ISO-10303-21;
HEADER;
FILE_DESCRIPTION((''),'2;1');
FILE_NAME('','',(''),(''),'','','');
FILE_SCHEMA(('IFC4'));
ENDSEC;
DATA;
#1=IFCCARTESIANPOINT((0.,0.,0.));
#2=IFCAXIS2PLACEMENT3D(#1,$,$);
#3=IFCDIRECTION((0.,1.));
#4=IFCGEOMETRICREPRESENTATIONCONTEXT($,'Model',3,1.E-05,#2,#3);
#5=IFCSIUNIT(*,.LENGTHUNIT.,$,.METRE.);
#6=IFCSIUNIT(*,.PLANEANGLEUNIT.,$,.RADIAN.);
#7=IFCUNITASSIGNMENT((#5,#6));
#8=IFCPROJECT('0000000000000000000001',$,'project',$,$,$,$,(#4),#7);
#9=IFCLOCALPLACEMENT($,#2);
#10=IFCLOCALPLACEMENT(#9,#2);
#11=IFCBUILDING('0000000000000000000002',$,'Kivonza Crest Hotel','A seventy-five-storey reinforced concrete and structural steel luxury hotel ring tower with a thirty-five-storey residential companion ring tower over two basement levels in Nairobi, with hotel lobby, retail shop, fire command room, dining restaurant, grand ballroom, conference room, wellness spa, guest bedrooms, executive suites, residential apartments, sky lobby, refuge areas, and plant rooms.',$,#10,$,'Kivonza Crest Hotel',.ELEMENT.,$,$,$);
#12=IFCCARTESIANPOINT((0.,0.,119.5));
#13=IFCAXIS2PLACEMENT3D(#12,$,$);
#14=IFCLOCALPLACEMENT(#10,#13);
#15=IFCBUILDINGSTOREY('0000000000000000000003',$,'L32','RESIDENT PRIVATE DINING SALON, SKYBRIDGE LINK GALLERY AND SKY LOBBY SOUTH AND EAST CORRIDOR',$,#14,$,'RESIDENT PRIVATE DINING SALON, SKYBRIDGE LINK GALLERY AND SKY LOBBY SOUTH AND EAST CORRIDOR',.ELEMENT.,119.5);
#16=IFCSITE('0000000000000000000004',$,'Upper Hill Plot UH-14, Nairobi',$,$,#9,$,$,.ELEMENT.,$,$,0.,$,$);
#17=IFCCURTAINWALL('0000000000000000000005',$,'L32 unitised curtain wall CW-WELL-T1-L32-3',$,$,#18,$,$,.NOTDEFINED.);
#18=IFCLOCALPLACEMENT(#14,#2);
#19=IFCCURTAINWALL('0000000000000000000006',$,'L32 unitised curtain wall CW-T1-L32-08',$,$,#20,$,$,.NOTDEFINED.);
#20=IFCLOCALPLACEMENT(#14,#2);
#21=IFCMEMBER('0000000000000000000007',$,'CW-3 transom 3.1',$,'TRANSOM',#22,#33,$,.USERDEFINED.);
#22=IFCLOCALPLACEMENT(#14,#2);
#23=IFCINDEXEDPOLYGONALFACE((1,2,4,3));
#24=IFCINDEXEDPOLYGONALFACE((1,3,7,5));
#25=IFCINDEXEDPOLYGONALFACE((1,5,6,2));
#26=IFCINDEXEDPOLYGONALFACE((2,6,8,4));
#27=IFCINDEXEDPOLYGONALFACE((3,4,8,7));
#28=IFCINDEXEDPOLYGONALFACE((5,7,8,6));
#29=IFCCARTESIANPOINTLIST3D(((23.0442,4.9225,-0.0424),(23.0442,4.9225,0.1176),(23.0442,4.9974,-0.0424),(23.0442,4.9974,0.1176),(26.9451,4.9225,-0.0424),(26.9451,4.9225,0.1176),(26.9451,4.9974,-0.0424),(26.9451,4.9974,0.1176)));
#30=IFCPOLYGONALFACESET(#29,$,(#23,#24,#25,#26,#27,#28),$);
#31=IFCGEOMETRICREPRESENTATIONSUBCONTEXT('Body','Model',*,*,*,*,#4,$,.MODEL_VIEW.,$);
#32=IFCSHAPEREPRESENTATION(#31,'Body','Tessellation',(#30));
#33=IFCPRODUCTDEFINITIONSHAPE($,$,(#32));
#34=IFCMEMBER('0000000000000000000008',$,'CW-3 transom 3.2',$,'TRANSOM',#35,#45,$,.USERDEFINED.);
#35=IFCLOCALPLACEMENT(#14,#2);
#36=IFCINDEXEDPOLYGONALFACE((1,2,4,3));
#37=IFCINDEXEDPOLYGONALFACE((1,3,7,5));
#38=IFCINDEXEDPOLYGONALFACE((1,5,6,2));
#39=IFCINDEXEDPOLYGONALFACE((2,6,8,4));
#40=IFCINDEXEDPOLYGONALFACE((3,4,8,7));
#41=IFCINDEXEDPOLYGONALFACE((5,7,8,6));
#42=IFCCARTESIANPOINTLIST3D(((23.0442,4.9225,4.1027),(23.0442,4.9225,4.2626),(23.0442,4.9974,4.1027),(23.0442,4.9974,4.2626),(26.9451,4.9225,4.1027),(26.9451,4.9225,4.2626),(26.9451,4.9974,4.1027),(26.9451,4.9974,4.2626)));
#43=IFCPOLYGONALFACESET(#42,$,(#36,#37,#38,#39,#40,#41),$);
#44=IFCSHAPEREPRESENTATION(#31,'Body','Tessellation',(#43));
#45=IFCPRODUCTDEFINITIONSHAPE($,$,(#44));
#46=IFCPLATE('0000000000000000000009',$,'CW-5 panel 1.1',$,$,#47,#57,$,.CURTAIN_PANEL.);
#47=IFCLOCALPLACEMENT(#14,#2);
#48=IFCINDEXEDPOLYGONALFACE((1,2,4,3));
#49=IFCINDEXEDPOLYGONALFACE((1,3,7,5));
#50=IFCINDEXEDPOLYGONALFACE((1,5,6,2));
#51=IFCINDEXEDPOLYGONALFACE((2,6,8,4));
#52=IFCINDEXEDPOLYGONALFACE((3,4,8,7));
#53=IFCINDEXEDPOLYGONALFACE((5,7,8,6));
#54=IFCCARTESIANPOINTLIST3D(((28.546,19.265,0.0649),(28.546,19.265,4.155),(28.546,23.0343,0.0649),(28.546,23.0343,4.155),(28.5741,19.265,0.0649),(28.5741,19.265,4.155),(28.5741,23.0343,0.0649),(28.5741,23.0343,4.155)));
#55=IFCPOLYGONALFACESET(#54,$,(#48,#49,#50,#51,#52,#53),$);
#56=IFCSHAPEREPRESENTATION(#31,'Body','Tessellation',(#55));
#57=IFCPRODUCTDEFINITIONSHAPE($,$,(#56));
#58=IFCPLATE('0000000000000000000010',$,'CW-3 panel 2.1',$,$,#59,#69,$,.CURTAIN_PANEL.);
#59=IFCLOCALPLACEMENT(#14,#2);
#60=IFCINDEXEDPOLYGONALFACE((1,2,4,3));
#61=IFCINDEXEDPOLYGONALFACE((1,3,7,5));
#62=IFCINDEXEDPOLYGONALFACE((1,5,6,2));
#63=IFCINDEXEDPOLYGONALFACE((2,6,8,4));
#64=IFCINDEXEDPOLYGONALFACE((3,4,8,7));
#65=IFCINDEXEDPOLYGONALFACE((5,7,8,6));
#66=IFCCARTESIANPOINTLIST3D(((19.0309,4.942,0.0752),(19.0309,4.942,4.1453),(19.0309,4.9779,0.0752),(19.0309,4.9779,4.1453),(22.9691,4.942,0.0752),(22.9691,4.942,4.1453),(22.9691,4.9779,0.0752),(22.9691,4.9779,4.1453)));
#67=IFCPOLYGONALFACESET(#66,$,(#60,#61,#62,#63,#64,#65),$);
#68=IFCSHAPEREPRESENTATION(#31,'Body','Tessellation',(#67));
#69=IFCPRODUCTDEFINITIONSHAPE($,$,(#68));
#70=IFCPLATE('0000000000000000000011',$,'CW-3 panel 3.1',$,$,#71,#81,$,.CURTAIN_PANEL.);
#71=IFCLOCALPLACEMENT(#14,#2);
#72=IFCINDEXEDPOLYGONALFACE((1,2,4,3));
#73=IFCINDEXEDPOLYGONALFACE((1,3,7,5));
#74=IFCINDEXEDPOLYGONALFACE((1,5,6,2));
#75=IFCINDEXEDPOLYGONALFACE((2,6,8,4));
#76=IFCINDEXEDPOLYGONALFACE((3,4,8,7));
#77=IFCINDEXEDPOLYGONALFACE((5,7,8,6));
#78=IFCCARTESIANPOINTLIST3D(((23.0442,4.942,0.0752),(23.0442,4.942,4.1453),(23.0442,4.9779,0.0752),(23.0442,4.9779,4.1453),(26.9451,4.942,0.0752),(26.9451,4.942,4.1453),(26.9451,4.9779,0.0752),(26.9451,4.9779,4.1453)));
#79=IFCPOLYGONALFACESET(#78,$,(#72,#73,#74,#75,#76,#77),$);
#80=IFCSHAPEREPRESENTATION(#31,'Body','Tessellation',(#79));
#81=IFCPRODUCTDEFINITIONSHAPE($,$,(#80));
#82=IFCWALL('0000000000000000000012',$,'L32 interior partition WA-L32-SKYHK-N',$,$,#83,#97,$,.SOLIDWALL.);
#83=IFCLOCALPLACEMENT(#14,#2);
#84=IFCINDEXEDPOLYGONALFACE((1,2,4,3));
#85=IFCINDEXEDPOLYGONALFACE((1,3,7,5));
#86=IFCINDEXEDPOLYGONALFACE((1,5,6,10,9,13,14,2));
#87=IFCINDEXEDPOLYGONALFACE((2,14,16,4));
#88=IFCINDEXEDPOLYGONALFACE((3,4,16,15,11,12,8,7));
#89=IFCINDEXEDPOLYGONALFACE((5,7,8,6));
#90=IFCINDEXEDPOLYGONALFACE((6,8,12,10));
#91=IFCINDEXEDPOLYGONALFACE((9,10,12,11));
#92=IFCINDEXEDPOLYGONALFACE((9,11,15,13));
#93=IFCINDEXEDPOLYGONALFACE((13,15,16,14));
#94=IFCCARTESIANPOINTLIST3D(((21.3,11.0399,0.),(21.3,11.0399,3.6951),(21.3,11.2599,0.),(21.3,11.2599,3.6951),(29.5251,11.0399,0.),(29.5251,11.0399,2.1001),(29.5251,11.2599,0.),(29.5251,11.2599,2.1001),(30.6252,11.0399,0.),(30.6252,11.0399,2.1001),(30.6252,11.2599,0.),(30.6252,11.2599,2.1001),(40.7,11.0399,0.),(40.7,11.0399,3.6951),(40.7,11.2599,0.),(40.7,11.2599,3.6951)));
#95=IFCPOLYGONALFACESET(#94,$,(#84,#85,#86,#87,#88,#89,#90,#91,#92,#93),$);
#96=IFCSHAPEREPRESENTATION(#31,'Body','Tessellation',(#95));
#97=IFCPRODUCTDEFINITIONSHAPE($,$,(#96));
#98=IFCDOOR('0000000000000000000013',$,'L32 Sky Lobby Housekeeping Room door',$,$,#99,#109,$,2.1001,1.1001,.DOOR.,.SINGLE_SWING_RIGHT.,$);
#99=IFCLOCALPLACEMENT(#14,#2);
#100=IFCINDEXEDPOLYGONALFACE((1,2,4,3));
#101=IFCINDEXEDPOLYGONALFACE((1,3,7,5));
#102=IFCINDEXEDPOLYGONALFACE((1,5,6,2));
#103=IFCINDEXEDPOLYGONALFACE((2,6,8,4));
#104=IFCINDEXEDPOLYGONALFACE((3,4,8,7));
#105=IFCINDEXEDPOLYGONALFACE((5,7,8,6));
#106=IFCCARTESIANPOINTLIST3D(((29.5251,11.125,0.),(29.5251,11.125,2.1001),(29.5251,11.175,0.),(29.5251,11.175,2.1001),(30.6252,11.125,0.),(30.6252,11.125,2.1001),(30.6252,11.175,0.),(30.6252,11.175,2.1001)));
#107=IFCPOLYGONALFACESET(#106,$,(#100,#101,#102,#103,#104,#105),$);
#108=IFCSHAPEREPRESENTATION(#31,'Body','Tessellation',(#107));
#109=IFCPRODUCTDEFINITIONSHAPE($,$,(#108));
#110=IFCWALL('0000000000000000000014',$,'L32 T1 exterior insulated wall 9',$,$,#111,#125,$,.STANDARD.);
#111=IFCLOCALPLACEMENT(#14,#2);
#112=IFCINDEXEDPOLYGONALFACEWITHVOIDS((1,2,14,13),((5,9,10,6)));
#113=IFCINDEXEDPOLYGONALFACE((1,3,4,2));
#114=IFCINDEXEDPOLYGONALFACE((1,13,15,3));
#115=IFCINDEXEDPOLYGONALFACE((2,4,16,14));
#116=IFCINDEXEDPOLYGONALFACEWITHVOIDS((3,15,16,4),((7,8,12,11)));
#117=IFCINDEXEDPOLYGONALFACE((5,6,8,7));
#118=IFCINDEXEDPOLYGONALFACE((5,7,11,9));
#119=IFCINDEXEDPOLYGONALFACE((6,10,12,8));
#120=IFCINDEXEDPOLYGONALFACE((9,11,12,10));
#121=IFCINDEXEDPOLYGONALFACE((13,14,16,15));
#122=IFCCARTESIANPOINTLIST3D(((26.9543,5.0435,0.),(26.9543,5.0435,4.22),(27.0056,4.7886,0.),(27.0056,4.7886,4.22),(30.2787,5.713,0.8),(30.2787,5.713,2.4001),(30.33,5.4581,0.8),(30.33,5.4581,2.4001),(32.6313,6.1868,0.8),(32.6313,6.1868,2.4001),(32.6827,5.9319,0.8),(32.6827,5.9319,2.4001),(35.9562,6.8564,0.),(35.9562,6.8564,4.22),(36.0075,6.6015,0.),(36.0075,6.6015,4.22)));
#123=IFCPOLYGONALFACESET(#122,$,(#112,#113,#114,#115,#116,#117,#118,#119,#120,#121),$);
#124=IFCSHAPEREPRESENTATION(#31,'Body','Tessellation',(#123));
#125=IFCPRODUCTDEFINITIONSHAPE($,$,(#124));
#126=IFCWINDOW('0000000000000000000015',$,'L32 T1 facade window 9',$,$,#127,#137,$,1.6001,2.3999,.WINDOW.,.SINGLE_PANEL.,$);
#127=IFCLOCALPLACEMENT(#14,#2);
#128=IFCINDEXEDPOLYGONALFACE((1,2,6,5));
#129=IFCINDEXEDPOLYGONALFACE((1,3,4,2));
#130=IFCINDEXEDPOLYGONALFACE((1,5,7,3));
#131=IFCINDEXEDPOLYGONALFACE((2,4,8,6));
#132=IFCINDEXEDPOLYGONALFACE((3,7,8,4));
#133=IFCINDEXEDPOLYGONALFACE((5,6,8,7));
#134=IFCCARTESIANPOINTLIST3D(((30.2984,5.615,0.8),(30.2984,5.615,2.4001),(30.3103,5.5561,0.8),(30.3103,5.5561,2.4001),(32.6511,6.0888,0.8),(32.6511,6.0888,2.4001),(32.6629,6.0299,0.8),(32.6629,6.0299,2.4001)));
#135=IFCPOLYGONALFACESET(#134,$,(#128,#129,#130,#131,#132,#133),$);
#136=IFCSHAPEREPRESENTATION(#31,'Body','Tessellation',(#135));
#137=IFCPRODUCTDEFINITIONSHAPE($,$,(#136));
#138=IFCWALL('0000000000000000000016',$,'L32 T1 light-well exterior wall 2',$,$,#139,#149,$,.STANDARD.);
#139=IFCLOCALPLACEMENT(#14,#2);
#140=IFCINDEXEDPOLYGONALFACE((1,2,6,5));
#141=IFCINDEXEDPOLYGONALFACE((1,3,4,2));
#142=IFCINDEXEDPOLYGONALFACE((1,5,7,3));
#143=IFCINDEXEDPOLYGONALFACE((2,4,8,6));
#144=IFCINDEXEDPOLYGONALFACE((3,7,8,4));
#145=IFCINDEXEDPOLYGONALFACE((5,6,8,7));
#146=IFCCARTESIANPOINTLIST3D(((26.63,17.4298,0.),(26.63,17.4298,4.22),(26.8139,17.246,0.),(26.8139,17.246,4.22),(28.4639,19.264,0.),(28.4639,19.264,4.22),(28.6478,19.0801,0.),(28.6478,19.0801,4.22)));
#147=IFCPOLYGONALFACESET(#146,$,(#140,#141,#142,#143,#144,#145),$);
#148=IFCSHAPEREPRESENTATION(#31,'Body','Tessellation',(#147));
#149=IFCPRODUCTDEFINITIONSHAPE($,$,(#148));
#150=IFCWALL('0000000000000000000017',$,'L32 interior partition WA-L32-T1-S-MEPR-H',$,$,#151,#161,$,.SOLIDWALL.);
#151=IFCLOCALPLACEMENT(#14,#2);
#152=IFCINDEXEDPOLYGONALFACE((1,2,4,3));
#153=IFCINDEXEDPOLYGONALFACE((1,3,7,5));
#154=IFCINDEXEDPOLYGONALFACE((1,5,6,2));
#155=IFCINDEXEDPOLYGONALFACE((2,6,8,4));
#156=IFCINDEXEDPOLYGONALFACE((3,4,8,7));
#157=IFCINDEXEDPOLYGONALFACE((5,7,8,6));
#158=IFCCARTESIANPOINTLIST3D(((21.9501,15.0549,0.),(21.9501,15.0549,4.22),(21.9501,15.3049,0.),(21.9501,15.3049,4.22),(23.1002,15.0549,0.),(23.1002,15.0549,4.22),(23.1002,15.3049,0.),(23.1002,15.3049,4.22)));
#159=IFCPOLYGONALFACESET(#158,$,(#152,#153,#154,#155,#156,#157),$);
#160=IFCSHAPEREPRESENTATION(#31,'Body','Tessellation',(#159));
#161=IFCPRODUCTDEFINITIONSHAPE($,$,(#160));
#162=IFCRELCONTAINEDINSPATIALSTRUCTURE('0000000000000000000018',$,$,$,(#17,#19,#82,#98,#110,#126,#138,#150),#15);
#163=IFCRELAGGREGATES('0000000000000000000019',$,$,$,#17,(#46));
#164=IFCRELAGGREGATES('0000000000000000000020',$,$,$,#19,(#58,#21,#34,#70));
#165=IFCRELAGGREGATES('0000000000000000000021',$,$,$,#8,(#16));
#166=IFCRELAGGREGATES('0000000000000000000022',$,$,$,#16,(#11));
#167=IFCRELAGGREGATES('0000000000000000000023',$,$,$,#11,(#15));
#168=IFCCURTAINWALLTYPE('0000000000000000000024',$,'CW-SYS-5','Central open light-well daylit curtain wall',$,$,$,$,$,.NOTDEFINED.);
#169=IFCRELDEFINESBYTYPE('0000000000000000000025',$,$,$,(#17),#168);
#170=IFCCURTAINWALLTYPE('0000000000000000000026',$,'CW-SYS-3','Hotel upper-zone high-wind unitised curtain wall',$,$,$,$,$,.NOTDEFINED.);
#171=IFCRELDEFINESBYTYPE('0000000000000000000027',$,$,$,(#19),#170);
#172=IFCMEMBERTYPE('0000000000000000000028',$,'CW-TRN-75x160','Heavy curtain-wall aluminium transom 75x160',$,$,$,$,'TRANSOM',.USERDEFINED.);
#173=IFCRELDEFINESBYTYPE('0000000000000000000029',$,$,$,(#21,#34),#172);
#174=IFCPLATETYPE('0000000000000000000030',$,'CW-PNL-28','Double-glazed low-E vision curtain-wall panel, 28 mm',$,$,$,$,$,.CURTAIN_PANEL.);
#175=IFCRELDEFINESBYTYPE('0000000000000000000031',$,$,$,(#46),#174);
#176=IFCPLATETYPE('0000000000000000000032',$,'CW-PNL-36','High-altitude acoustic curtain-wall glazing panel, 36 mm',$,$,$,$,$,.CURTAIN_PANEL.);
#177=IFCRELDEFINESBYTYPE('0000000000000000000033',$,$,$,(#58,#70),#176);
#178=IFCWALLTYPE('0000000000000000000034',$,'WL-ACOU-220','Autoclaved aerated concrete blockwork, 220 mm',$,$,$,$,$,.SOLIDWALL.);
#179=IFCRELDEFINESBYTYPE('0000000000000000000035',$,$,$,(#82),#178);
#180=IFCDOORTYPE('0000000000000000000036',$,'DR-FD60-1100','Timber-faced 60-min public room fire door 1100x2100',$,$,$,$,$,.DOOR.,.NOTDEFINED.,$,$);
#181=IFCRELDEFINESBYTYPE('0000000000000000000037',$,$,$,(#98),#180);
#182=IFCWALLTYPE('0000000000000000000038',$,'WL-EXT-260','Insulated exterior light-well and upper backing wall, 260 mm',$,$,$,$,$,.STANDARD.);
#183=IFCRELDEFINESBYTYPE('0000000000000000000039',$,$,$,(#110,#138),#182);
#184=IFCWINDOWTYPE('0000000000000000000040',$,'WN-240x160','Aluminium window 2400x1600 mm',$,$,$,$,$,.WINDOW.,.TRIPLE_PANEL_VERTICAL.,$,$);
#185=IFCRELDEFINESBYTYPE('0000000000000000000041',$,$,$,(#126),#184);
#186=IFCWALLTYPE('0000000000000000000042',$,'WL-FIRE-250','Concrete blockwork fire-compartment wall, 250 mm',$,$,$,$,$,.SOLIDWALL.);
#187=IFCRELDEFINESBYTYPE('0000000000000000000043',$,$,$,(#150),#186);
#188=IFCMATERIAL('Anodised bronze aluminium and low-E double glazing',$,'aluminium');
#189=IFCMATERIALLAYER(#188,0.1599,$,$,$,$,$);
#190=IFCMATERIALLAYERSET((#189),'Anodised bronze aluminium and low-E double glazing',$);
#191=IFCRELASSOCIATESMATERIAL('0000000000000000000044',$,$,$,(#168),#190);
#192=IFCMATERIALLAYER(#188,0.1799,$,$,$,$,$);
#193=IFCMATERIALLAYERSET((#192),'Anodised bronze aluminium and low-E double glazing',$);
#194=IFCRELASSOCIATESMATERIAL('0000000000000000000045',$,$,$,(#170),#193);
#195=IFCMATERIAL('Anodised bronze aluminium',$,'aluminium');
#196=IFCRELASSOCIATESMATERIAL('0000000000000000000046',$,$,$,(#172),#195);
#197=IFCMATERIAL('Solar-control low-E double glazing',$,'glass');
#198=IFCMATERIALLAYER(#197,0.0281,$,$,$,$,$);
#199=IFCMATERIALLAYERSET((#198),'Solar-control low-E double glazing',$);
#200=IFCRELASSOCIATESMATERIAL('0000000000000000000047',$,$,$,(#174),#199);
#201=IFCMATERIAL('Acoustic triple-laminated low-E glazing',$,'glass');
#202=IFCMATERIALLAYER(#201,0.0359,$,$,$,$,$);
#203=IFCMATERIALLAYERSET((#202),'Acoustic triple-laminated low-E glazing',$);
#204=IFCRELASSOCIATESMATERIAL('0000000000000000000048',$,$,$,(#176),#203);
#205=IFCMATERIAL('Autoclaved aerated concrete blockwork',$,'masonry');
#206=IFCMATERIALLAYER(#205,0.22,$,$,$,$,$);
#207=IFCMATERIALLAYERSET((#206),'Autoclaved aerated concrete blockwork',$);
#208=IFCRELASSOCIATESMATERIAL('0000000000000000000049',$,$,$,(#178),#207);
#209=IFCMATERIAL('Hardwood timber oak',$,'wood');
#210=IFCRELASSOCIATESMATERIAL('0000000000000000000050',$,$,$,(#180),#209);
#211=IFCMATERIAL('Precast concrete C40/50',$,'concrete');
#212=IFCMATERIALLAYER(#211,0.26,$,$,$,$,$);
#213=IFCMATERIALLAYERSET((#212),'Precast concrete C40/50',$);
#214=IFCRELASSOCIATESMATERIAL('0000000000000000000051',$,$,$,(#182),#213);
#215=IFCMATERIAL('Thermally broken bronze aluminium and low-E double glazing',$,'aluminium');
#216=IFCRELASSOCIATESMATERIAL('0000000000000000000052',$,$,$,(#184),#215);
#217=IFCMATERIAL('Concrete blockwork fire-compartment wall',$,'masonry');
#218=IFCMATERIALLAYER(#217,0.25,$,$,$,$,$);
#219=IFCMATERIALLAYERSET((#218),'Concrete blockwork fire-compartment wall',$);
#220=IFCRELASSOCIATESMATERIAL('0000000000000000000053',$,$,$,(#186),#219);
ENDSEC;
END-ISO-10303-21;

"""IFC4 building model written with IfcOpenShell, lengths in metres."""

from ifc_helpers import new_model, si_unit, direction, frame, frame_2d, origin, origin_2d, place, context, subcontext, project, spatial, rectangle, extrude, material, layer, layer_set, material_profile, profile_set, type_object, element, fill, aggregate, save


model = new_model("IFC4")

# Units and contexts
model_context = context("Model", 3, precision=1e-05, world=origin(), true_north=direction((0.0, 1.0)))
body_context = subcontext(model_context, "Body", "Model", "MODEL_VIEW")
ifc_project = project(units=[si_unit("LENGTHUNIT", "METRE"), si_unit("PLANEANGLEUNIT", "RADIAN")], contexts=[model_context])

# Site, building, storey
site_placement = place(None, origin())
site = spatial("IfcSite", under=ifc_project, at=site_placement, Name="Upper Hill Plot UH-14, Nairobi", CompositionType="ELEMENT", RefElevation=0.0)
building_placement = place(site_placement, origin())
building = spatial("IfcBuilding", under=site, at=building_placement, Name="Kivonza Crest Hotel", Description="A seventy-five-storey reinforced concrete and structural steel luxury hotel ring tower with a thirty-five-storey residential companion ring tower over two basement levels in Nairobi, with hotel lobby, retail shop, fire command room, dining restaurant, grand ballroom, conference room, wellness spa, guest bedrooms, executive suites, residential apartments, sky lobby, refuge areas, and plant rooms.", LongName="Kivonza Crest Hotel", CompositionType="ELEMENT")
storey_placement = place(building_placement, frame((0.0, 0.0, 119.5)))
storey = spatial("IfcBuildingStorey", under=building, at=storey_placement, Name="L32", Description="RESIDENT PRIVATE DINING SALON, SKYBRIDGE LINK GALLERY AND SKY LOBBY SOUTH AND EAST CORRIDOR", LongName="RESIDENT PRIVATE DINING SALON, SKYBRIDGE LINK GALLERY AND SKY LOBBY SOUTH AND EAST CORRIDOR", CompositionType="ELEMENT", Elevation=119.5)

# Curtain walls
ifc_material_1 = material(Name="Anodised bronze aluminium and low-E double glazing", Category="aluminium")
ifc_layer_1 = layer(ifc_material_1, 0.1599)
ifc_layer_set_1 = layer_set([ifc_layer_1], Name="Anodised bronze aluminium and low-E double glazing")
curtain_wall_type_1 = type_object("IfcCurtainWallType", Name="CW-SYS-5", Description="Central open light-well daylit curtain wall", PredefinedType="NOTDEFINED", material=ifc_layer_set_1)
curtain_wall_1_placement = place(storey_placement, origin())
curtain_wall_1 = element("IfcCurtainWall", 1, at=curtain_wall_1_placement, inside=storey, type_object=curtain_wall_type_1, Name="L32 unitised curtain wall CW-WELL-T1-L32-3", PredefinedType="NOTDEFINED")
ifc_material_2 = material(Name="Anodised bronze aluminium", Category="aluminium")
ifc_layer_2 = layer(ifc_material_1, 0.1799)
ifc_layer_set_2 = layer_set([ifc_layer_2], Name="Anodised bronze aluminium and low-E double glazing")
curtain_wall_type_2 = type_object("IfcCurtainWallType", Name="CW-SYS-3", Description="Hotel upper-zone high-wind unitised curtain wall", PredefinedType="NOTDEFINED", material=ifc_layer_set_2)
curtain_wall_2_placement = place(storey_placement, origin())
curtain_wall_2 = element("IfcCurtainWall", 2, at=curtain_wall_2_placement, inside=storey, type_object=curtain_wall_type_2, Name="L32 unitised curtain wall CW-T1-L32-08", PredefinedType="NOTDEFINED")

# Members
ifc_material_profile_1 = material_profile(ifc_material_2, rectangle(XDim=0.075, YDim=0.1599, at=origin_2d()), Name="CW-T 75x160")
ifc_profile_set_1 = profile_set([ifc_material_profile_1], Name="Anodised bronze aluminium")
member_type_1 = type_object("IfcMemberType", Name="CW-TRN-75x160", Description="Heavy curtain-wall aluminium transom 75x160", ElementType="TRANSOM", PredefinedType="USERDEFINED", material=ifc_profile_set_1)
member_1_placement = place(storey_placement, frame((23.0442, 4.96, 0.0376), z_axis=(1.0, 0.0, 0.0), x_axis=(0.0, 1.0, 0.0)))
member_1 = element("IfcMember", 3, at=member_1_placement, type_object=member_type_1, Name="CW-3 transom 3.1", ObjectType="TRANSOM", PredefinedType="USERDEFINED", context=body_context, shape_type="SweptSolid", body=[
    extrude(rectangle(XDim=0.075, YDim=0.1599, at=origin_2d()), origin(), (0.0, 0.0, 1.0), 3.9009),
])
member_2_placement = place(storey_placement, frame((23.0442, 4.96, 4.1826), z_axis=(1.0, 0.0, 0.0), x_axis=(0.0, 1.0, 0.0)))
member_2 = element("IfcMember", 4, at=member_2_placement, type_object=member_type_1, Name="CW-3 transom 3.2", ObjectType="TRANSOM", PredefinedType="USERDEFINED", context=body_context, shape_type="SweptSolid", body=[
    extrude(rectangle(XDim=0.075, YDim=0.1599, at=origin_2d()), origin(), (0.0, 0.0, 1.0), 3.9009),
])

# Plates
ifc_material_3 = material(Name="Solar-control low-E double glazing", Category="glass")
ifc_layer_3 = layer(ifc_material_3, 0.0281)
ifc_layer_set_3 = layer_set([ifc_layer_3], Name="Solar-control low-E double glazing")
plate_type_1 = type_object("IfcPlateType", Name="CW-PNL-28", Description="Double-glazed low-E vision curtain-wall panel, 28 mm", PredefinedType="CURTAIN_PANEL", material=ifc_layer_set_3)
plate_1_placement = place(storey_placement, frame((28.5601, 21.1497, 0.0649), z_axis=(0.0, 0.0, 1.0), x_axis=(0.0, 1.0, 0.0)))
plate_1 = element("IfcPlate", 5, at=plate_1_placement, type_object=plate_type_1, Name="CW-5 panel 1.1", PredefinedType="CURTAIN_PANEL", context=body_context, shape_type="SweptSolid", body=[
    extrude(rectangle(XDim=3.7693, YDim=0.0281, at=origin_2d()), origin(), (0.0, 0.0, 1.0), 4.0901),
])
aggregate(curtain_wall_1, [plate_1])
ifc_material_4 = material(Name="Acoustic triple-laminated low-E glazing", Category="glass")
ifc_layer_4 = layer(ifc_material_4, 0.0359)
ifc_layer_set_4 = layer_set([ifc_layer_4], Name="Acoustic triple-laminated low-E glazing")
plate_type_2 = type_object("IfcPlateType", Name="CW-PNL-36", Description="High-altitude acoustic curtain-wall glazing panel, 36 mm", PredefinedType="CURTAIN_PANEL", material=ifc_layer_set_4)
plate_2_placement = place(storey_placement, frame((21.0, 4.96, 0.0752), z_axis=(0.0, 0.0, 1.0), x_axis=(1.0, 0.0, 0.0)))
plate_2 = element("IfcPlate", 6, at=plate_2_placement, type_object=plate_type_2, Name="CW-3 panel 2.1", PredefinedType="CURTAIN_PANEL", context=body_context, shape_type="SweptSolid", body=[
    extrude(rectangle(XDim=3.9382, YDim=0.0359, at=origin_2d()), origin(), (0.0, 0.0, 1.0), 4.0701),
])
plate_3_placement = place(storey_placement, frame((24.9946, 4.96, 0.0752), z_axis=(0.0, 0.0, 1.0), x_axis=(1.0, 0.0, 0.0)))
plate_3 = element("IfcPlate", 7, at=plate_3_placement, type_object=plate_type_2, Name="CW-3 panel 3.1", PredefinedType="CURTAIN_PANEL", context=body_context, shape_type="SweptSolid", body=[
    extrude(rectangle(XDim=3.9009, YDim=0.0359, at=origin_2d()), origin(), (0.0, 0.0, 1.0), 4.0701),
])
aggregate(curtain_wall_2, [plate_2, member_1, member_2, plate_3])

# Wall, opening, door
ifc_material_5 = material(Name="Autoclaved aerated concrete blockwork", Category="masonry")
ifc_layer_5 = layer(ifc_material_5, 0.22)
ifc_layer_set_5 = layer_set([ifc_layer_5], Name="Autoclaved aerated concrete blockwork")
wall_type_1 = type_object("IfcWallType", Name="WL-ACOU-220", Description="Autoclaved aerated concrete blockwork, 220 mm", PredefinedType="SOLIDWALL", material=ifc_layer_set_5)
wall_1_placement = place(storey_placement, frame((21.3, 11.1499, 0.0), z_axis=(0.0, 0.0, 1.0), x_axis=(1.0, 0.0, 0.0)))
wall_1 = element("IfcWall", 8, at=wall_1_placement, inside=storey, type_object=wall_type_1, Name="L32 interior partition WA-L32-SKYHK-N", PredefinedType="SOLIDWALL", context=body_context, shape_type="SweptSolid", body=[
    extrude(rectangle(XDim=19.3999, YDim=0.22, at=frame_2d((9.7, 0.0))), origin(), (0.0, 0.0, 1.0), 3.6951),
])
opening_1_placement = place(wall_1_placement, frame((8.2251, 0.0, 0.0)))
opening_1 = element("IfcOpeningElement", 9, at=opening_1_placement, cuts=wall_1, PredefinedType="OPENING", context=body_context, shape_type="SweptSolid", body=[
    extrude(rectangle(XDim=1.1001, YDim=2.1001, at=frame_2d((0.55, 1.05))), frame((0.0, 0.1201, 0.0), z_axis=(0.0, -1.0, 0.0), x_axis=(1.0, 0.0, 0.0)), (0.0, 0.0, 1.0), 0.24),
])
ifc_material_6 = material(Name="Hardwood timber oak", Category="wood")
door_type_1 = type_object("IfcDoorType", Name="DR-FD60-1100", Description="Timber-faced 60-min public room fire door 1100x2100", OperationType="NOTDEFINED", PredefinedType="DOOR", material=ifc_material_6)
door_1_placement = place(opening_1_placement, frame((1.1001, 0.0, 0.0), z_axis=(0.0, 0.0, 1.0), x_axis=(-1.0, 0.0, 0.0)))
door_1 = element("IfcDoor", 10, at=door_1_placement, inside=storey, type_object=door_type_1, Name="L32 Sky Lobby Housekeeping Room door", OperationType="SINGLE_SWING_RIGHT", OverallHeight=2.1001, OverallWidth=1.1001, PredefinedType="DOOR", context=body_context, shape_type="SweptSolid", body=[
    extrude(rectangle(XDim=1.1001, YDim=2.1001, at=frame_2d((0.55, 1.05))), frame((0.0, 0.0249, 0.0), z_axis=(0.0, -1.0, 0.0), x_axis=(1.0, 0.0, 0.0)), (0.0, 0.0, 1.0), 0.05),
])
fill(opening_1, door_1)

# Wall, opening, window
ifc_material_7 = material(Name="Precast concrete C40/50", Category="concrete")
ifc_layer_6 = layer(ifc_material_7, 0.26)
ifc_layer_set_6 = layer_set([ifc_layer_6], Name="Precast concrete C40/50")
wall_type_2 = type_object("IfcWallType", Name="WL-EXT-260", Description="Insulated exterior light-well and upper backing wall, 260 mm", PredefinedType="STANDARD", material=ifc_layer_set_6)
wall_2_placement = place(storey_placement, frame((26.98, 4.916, 0.0), z_axis=(0.0, 0.0, 1.0), x_axis=(0.980316, 0.197435, 0.0)))
wall_2 = element("IfcWall", 11, at=wall_2_placement, inside=storey, type_object=wall_type_2, Name="L32 T1 exterior insulated wall 9", PredefinedType="STANDARD", context=body_context, shape_type="SweptSolid", body=[
    extrude(rectangle(XDim=9.1826, YDim=0.26, at=frame_2d((4.5913, 0.0))), origin(), (0.0, 0.0, 1.0), 4.22),
])
opening_2_placement = place(wall_2_placement, frame((3.3911, 0.0, 0.8)))
opening_2 = element("IfcOpeningElement", 12, at=opening_2_placement, cuts=wall_2, PredefinedType="OPENING", context=body_context, shape_type="SweptSolid", body=[
    extrude(rectangle(XDim=2.3999, YDim=1.6001, at=frame_2d((1.2, 0.8))), frame((0.0, 0.1401, 0.0), z_axis=(0.0, -1.0, 0.0), x_axis=(1.0, 0.0, 0.0)), (0.0, 0.0, 1.0), 0.28),
])
ifc_material_8 = material(Name="Thermally broken bronze aluminium and low-E double glazing", Category="aluminium")
window_type = type_object("IfcWindowType", Name="WN-240x160", Description="Aluminium window 2400x1600 mm", PartitioningType="TRIPLE_PANEL_VERTICAL", PredefinedType="WINDOW", material=ifc_material_8)
window_placement = place(opening_2_placement, origin())
window = element("IfcWindow", 13, at=window_placement, inside=storey, type_object=window_type, Name="L32 T1 facade window 9", OverallHeight=1.6001, OverallWidth=2.3999, PartitioningType="SINGLE_PANEL", PredefinedType="WINDOW", context=body_context, shape_type="SweptSolid", body=[
    extrude(rectangle(XDim=2.3999, YDim=1.6001, at=frame_2d((1.2, 0.8))), frame((0.0, 0.03, 0.0), z_axis=(0.0, -1.0, 0.0), x_axis=(1.0, 0.0, 0.0)), (0.0, 0.0, 1.0), 0.0601),
])
fill(opening_2, window)

# Walls
wall_3_placement = place(storey_placement, frame((26.7219, 17.3379, 0.0), z_axis=(0.0, 0.0, 1.0), x_axis=(0.70706, 0.707154, 0.0)))
element("IfcWall", 14, at=wall_3_placement, inside=storey, type_object=wall_type_2, Name="L32 T1 light-well exterior wall 2", PredefinedType="STANDARD", context=body_context, shape_type="SweptSolid", body=[
    extrude(rectangle(XDim=2.5938, YDim=0.26, at=frame_2d((1.2969, 0.0))), origin(), (0.0, 0.0, 1.0), 4.22),
])
ifc_material_9 = material(Name="Concrete blockwork fire-compartment wall", Category="masonry")
ifc_layer_7 = layer(ifc_material_9, 0.25)
ifc_layer_set_7 = layer_set([ifc_layer_7], Name="Concrete blockwork fire-compartment wall")
wall_type_3 = type_object("IfcWallType", Name="WL-FIRE-250", Description="Concrete blockwork fire-compartment wall, 250 mm", PredefinedType="SOLIDWALL", material=ifc_layer_set_7)
wall_4_placement = place(storey_placement, frame((21.95, 15.1799, 0.0), z_axis=(0.0, 0.0, 1.0), x_axis=(1.0, 0.0, 0.0)))
element("IfcWall", 15, at=wall_4_placement, inside=storey, type_object=wall_type_3, Name="L32 interior partition WA-L32-T1-S-MEPR-H", PredefinedType="SOLIDWALL", context=body_context, shape_type="SweptSolid", body=[
    extrude(rectangle(XDim=1.1501, YDim=0.25, at=frame_2d((0.5752, 0.0))), origin(), (0.0, 0.0, 1.0), 4.22),
])

save(model, "model.ifc")
